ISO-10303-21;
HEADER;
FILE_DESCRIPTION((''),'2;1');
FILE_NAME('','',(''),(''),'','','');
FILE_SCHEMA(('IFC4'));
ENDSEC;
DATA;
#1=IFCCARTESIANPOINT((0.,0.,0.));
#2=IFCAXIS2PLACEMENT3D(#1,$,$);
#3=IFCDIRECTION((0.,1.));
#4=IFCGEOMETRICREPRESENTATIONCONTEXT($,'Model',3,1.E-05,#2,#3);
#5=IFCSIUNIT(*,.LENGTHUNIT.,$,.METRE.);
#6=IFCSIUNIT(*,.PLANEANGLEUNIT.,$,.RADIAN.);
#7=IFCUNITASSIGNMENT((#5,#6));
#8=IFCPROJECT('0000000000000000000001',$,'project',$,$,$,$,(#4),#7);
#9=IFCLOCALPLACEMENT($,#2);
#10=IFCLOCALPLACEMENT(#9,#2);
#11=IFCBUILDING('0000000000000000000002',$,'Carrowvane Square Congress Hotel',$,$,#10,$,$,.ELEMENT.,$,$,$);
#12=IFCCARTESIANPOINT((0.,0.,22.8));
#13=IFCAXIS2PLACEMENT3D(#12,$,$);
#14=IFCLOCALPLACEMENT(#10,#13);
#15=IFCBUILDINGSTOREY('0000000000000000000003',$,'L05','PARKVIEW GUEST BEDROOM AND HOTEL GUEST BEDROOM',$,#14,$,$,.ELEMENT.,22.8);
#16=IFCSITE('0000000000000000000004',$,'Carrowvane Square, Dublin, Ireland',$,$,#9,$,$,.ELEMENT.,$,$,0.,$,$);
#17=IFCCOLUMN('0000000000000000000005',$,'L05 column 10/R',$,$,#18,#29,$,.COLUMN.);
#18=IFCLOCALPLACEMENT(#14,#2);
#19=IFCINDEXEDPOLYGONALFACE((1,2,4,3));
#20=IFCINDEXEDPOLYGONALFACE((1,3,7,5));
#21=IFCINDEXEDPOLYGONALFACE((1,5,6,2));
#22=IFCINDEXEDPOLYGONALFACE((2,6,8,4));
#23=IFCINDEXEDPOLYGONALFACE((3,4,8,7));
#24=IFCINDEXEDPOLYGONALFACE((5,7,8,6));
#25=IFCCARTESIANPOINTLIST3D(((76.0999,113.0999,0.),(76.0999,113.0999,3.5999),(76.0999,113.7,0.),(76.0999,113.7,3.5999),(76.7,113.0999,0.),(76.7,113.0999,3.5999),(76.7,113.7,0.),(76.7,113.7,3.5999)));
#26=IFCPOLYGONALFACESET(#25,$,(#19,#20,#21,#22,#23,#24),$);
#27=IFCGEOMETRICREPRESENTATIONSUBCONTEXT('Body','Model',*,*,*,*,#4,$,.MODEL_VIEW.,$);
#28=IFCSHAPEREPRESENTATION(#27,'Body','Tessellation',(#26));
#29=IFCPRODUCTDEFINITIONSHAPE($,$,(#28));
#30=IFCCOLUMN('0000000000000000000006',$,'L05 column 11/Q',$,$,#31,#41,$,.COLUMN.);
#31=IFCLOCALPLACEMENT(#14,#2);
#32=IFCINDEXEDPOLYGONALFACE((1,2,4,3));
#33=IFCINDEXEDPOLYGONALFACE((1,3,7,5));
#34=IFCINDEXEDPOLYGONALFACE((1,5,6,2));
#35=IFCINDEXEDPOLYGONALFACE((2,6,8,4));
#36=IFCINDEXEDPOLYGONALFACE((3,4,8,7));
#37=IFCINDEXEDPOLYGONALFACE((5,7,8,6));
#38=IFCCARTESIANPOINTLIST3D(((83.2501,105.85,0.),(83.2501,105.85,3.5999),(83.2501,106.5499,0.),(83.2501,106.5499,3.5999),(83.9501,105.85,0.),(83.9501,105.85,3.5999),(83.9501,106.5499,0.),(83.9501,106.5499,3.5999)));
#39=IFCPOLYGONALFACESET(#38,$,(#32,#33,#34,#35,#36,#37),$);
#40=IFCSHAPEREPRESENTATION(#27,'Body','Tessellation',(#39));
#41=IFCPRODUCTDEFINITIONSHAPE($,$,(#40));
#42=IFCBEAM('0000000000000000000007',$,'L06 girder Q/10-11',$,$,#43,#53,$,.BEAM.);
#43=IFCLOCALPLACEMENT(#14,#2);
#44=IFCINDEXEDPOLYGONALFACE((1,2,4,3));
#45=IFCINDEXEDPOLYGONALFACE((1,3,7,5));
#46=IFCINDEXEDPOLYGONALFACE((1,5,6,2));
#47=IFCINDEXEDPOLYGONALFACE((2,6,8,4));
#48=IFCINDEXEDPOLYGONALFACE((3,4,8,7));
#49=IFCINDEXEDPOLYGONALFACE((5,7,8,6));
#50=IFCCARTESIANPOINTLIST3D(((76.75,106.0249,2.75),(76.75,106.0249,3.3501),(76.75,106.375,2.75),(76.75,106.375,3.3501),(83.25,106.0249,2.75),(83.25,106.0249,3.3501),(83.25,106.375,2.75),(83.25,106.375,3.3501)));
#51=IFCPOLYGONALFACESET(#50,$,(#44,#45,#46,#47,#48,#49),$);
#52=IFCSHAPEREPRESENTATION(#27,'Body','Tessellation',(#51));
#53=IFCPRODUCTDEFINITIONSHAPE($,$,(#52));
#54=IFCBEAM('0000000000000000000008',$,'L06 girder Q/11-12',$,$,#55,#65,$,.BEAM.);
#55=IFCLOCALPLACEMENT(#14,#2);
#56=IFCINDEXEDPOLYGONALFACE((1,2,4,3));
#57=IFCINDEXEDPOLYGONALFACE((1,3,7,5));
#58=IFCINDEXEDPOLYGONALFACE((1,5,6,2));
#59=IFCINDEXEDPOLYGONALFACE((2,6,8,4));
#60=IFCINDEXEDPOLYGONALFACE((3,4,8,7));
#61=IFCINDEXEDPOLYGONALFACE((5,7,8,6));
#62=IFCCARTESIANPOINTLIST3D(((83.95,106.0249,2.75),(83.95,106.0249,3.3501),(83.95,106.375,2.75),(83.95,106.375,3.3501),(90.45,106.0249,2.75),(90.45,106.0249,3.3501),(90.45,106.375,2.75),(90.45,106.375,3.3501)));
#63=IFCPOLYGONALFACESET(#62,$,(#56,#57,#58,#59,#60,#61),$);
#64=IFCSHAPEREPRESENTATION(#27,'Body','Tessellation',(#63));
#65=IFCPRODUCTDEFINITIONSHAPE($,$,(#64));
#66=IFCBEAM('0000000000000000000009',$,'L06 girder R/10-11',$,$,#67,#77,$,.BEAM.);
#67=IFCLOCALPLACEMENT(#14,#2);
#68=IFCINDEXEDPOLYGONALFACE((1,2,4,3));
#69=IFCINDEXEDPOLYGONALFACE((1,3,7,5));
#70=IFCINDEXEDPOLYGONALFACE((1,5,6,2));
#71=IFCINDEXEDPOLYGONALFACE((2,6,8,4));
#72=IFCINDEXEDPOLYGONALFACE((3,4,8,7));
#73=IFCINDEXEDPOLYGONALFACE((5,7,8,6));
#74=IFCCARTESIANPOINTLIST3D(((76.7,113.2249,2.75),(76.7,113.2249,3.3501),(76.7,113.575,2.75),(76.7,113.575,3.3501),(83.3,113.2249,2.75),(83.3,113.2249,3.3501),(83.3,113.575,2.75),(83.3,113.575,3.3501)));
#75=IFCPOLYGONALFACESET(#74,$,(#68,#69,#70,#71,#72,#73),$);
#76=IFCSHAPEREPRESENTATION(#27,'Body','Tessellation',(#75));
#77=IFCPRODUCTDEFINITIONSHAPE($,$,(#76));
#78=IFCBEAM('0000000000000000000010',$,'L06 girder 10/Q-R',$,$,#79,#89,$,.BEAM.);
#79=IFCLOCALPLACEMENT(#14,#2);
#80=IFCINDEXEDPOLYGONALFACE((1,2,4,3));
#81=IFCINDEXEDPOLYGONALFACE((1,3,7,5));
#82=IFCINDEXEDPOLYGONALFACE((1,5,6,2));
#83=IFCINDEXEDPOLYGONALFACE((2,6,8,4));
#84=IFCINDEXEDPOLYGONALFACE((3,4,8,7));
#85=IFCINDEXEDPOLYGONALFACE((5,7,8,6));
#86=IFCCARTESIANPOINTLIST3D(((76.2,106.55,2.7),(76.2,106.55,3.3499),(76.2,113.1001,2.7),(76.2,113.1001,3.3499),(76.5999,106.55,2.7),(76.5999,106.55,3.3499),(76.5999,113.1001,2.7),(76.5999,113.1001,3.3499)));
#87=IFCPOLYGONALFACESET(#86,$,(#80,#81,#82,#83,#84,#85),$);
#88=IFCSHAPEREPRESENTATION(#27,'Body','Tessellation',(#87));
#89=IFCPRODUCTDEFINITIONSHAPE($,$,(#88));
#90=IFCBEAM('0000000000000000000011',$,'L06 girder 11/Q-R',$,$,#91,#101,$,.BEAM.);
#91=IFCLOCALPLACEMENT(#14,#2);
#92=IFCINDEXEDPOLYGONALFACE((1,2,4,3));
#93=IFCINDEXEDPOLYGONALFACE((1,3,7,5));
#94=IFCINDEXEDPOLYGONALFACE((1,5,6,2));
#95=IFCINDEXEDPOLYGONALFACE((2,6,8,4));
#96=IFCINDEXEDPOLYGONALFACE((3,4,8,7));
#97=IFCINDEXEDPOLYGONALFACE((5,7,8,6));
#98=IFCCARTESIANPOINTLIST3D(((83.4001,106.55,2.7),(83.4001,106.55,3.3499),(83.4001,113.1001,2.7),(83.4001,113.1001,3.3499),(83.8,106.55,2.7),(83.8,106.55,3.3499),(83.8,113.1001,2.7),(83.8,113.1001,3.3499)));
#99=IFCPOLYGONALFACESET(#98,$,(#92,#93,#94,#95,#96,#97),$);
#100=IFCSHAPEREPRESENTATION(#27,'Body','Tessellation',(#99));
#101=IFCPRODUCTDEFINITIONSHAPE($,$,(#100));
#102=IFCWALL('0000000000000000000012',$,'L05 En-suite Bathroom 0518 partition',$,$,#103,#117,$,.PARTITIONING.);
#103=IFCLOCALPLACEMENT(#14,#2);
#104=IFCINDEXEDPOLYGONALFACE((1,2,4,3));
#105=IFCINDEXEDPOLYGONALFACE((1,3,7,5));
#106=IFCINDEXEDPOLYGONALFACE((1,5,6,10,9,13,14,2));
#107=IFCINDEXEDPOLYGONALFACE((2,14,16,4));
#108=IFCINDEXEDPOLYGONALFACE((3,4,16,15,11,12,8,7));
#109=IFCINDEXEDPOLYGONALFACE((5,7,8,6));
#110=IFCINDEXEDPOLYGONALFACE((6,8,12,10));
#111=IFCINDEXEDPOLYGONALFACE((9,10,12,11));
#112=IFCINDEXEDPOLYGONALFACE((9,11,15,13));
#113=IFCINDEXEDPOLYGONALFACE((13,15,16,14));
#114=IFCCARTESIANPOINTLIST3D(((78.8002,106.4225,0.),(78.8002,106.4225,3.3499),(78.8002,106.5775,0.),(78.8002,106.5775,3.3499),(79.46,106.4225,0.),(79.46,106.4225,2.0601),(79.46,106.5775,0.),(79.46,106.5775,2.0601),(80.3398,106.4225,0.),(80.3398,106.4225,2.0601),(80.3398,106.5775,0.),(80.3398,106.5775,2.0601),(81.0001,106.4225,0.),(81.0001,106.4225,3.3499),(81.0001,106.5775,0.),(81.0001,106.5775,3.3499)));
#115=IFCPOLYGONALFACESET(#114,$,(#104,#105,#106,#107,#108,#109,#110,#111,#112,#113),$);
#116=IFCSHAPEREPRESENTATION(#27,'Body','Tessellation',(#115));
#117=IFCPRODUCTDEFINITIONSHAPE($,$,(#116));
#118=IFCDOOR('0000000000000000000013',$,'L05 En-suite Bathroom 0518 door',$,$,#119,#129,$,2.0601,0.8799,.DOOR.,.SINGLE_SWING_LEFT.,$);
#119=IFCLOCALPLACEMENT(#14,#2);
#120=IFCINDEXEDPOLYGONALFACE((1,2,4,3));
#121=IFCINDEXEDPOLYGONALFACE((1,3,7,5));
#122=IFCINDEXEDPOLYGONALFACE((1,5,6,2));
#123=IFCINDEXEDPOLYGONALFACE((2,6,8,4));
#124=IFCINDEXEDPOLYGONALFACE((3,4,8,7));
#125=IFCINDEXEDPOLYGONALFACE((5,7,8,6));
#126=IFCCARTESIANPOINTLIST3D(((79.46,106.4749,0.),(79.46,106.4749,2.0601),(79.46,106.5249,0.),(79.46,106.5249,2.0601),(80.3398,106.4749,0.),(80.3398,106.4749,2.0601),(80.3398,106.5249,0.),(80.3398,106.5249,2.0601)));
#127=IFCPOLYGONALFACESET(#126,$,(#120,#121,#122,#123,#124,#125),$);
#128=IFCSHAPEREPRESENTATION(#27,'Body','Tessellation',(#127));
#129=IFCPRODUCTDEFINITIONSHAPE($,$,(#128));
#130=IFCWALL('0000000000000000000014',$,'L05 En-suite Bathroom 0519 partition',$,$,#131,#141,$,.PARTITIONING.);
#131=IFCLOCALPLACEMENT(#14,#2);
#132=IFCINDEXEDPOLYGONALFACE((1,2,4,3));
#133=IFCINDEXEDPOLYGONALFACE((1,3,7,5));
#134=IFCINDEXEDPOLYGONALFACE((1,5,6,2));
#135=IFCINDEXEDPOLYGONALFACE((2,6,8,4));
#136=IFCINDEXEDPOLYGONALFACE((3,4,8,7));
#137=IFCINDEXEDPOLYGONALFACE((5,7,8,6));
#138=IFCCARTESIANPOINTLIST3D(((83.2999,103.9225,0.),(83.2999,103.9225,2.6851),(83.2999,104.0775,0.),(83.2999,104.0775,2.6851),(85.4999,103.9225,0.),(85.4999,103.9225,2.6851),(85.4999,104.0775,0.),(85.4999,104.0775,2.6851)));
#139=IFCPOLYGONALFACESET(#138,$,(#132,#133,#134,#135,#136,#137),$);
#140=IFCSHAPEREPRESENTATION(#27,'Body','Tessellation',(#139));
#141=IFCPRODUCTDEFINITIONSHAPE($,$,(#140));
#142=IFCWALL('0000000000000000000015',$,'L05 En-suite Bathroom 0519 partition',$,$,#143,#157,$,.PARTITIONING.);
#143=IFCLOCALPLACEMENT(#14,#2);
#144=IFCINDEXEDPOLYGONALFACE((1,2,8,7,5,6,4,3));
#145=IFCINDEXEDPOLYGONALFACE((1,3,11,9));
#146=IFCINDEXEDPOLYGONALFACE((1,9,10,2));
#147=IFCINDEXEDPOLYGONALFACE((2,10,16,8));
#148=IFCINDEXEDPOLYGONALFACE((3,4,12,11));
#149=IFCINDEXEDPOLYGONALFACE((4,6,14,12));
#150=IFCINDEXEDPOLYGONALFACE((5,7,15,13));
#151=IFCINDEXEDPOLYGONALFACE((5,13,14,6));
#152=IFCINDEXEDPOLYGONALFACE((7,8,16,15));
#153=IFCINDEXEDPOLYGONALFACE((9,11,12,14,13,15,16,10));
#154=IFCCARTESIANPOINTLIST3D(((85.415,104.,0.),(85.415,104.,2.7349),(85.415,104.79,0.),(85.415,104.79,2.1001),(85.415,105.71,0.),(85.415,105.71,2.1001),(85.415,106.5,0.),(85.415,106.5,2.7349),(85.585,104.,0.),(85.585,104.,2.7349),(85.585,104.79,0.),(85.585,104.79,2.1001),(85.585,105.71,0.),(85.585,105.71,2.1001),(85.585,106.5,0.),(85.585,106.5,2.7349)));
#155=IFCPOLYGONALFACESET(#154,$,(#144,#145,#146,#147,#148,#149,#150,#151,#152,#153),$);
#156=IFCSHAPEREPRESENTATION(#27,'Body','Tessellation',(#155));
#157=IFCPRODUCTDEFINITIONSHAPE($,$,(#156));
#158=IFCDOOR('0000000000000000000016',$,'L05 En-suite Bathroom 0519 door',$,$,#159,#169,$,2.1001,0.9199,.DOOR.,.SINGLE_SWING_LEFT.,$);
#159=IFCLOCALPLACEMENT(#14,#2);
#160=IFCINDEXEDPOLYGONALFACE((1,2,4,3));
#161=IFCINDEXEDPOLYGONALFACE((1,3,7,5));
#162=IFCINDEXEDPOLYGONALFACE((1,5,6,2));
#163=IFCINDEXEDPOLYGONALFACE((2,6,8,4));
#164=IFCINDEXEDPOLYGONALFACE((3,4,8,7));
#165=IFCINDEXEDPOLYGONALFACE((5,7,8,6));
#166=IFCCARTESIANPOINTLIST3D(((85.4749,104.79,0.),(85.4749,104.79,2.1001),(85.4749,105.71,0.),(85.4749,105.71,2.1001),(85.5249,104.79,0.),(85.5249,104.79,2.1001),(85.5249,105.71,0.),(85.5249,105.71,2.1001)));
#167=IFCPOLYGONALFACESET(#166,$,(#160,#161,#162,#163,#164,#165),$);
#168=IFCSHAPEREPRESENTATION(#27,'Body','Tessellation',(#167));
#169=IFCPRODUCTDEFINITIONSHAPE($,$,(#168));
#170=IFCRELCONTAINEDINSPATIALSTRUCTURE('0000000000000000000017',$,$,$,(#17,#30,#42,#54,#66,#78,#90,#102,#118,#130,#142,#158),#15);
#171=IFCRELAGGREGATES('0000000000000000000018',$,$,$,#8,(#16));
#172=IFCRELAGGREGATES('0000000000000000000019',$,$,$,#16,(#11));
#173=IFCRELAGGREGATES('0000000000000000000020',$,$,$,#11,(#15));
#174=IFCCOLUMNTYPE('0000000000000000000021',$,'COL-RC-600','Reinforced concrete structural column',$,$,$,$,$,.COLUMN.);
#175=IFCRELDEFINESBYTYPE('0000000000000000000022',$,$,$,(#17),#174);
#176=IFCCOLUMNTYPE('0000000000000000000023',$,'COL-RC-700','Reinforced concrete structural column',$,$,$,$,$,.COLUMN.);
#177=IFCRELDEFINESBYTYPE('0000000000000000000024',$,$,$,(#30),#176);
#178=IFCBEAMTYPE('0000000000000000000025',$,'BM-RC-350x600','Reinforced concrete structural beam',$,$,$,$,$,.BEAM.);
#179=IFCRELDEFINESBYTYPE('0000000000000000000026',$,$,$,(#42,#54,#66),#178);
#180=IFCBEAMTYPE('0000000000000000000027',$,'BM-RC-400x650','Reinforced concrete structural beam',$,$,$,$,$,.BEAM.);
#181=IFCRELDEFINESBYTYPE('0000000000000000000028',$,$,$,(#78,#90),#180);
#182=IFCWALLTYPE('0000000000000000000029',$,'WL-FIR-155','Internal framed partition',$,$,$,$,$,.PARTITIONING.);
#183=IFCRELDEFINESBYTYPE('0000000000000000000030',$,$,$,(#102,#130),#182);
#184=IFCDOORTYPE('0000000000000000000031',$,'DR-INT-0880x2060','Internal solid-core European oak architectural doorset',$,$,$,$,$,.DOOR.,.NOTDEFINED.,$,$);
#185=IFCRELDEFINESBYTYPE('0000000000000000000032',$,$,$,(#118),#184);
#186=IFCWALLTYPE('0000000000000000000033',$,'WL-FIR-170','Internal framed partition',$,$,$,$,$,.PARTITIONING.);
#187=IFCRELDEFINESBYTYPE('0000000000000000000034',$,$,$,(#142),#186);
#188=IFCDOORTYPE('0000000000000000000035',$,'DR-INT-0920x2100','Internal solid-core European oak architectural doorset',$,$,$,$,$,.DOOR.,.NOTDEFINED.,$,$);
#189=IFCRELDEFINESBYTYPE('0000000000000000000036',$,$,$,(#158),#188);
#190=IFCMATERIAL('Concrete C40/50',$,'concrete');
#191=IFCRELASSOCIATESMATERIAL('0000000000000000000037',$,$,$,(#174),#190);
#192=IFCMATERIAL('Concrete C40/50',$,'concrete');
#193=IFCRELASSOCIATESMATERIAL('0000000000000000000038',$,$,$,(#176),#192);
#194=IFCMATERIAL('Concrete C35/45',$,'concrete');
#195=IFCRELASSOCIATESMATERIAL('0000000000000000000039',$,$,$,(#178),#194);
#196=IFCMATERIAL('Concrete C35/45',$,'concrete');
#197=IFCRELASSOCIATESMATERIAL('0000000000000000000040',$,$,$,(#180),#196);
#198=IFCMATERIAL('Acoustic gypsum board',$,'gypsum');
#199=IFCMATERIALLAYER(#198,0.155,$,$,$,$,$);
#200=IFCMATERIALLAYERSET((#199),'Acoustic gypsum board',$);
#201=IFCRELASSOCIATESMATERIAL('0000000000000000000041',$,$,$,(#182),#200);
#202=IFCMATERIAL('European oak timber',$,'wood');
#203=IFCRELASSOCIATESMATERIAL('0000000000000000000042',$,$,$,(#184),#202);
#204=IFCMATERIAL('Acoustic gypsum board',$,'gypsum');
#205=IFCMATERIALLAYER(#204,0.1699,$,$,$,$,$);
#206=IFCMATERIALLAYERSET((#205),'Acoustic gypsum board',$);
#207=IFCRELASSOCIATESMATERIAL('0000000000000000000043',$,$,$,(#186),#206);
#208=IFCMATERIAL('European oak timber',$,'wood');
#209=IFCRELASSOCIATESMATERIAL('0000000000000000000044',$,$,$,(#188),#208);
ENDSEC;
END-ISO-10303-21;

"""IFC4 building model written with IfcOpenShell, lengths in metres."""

from ifc_helpers import new_model, si_unit, direction, frame, frame_2d, origin, origin_2d, place, context, subcontext, project, spatial, rectangle, extrude, material, layer, layer_set, material_profile, profile_set, type_object, element, fill, save


model = new_model("IFC4")

# Units and contexts
model_context = context("Model", 3, precision=1e-05, world=origin(), true_north=direction((0.0, 1.0)))
body_context = subcontext(model_context, "Body", "Model", "MODEL_VIEW")
ifc_project = project(units=[si_unit("LENGTHUNIT", "METRE"), si_unit("PLANEANGLEUNIT", "RADIAN")], contexts=[model_context])

# Site, building, storey
site_placement = place(None, origin())
site = spatial("IfcSite", under=ifc_project, at=site_placement, Name="Carrowvane Square, Dublin, Ireland", CompositionType="ELEMENT", RefElevation=0.0)
building_placement = place(site_placement, origin())
building = spatial("IfcBuilding", under=site, at=building_placement, Name="Carrowvane Square Congress Hotel", CompositionType="ELEMENT")
storey_placement = place(building_placement, frame((0.0, 0.0, 22.8)))
storey = spatial("IfcBuildingStorey", under=building, at=storey_placement, Name="L05", Description="PARKVIEW GUEST BEDROOM AND HOTEL GUEST BEDROOM", CompositionType="ELEMENT", Elevation=22.8)

# Columns
ifc_material_1 = material(Name="Concrete C40/50", Category="concrete")
ifc_material_profile_1 = material_profile(ifc_material_1, rectangle(XDim=0.6001, YDim=0.6001, at=origin_2d()), Name="RC 600x600")
ifc_profile_set_1 = profile_set([ifc_material_profile_1], Name="Concrete C40/50")
column_type_1 = type_object("IfcColumnType", Name="COL-RC-600", Description="Reinforced concrete structural column", PredefinedType="COLUMN", material=ifc_profile_set_1)
column_1_placement = place(storey_placement, frame((76.3999, 113.3999, 0.0), z_axis=(0.0, 0.0, 1.0), x_axis=(1.0, 0.0, 0.0)))
element("IfcColumn", 1, at=column_1_placement, inside=storey, type_object=column_type_1, Name="L05 column 10/R", PredefinedType="COLUMN", context=body_context, shape_type="SweptSolid", body=[
    extrude(rectangle(XDim=0.6001, YDim=0.6001, at=origin_2d()), origin(), (0.0, 0.0, 1.0), 3.5999),
])
ifc_material_2 = material(Name="Concrete C40/50", Category="concrete")
ifc_material_profile_2 = material_profile(ifc_material_2, rectangle(XDim=0.7, YDim=0.7, at=origin_2d()), Name="RC 700x700")
ifc_profile_set_2 = profile_set([ifc_material_profile_2], Name="Concrete C40/50")
column_type_2 = type_object("IfcColumnType", Name="COL-RC-700", Description="Reinforced concrete structural column", PredefinedType="COLUMN", material=ifc_profile_set_2)
column_2_placement = place(storey_placement, frame((83.6001, 106.2, 0.0), z_axis=(0.0, 0.0, 1.0), x_axis=(1.0, 0.0, 0.0)))
element("IfcColumn", 2, at=column_2_placement, inside=storey, type_object=column_type_2, Name="L05 column 11/Q", PredefinedType="COLUMN", context=body_context, shape_type="SweptSolid", body=[
    extrude(rectangle(XDim=0.7, YDim=0.7, at=origin_2d()), origin(), (0.0, 0.0, 1.0), 3.5999),
])

# Beams
ifc_material_3 = material(Name="Concrete C35/45", Category="concrete")
ifc_material_profile_3 = material_profile(ifc_material_3, rectangle(XDim=0.3501, YDim=0.6001, at=origin_2d()), Name="RC 350x600")
ifc_profile_set_3 = profile_set([ifc_material_profile_3], Name="Concrete C35/45")
beam_type_1 = type_object("IfcBeamType", Name="BM-RC-350x600", Description="Reinforced concrete structural beam", PredefinedType="BEAM", material=ifc_profile_set_3)
for number, where, z_axis, x_axis, name in (
    (3, (76.75, 106.2, 3.05), (1.0, 0.0, 0.0), (0.0, 1.0, 0.0), "L06 girder Q/10-11"),
    (4, (83.95, 106.2, 3.05), (1.0, 0.0, 0.0), (0.0, 1.0, 0.0), "L06 girder Q/11-12"),
):
    element("IfcBeam", number, at=place(storey_placement, frame(where, z_axis=z_axis, x_axis=x_axis)), inside=storey, type_object=beam_type_1, Name=name, PredefinedType="BEAM", context=body_context, shape_type="SweptSolid", body=[
        extrude(rectangle(XDim=0.3501, YDim=0.6001, at=origin_2d()), origin(), (0.0, 0.0, 1.0), 6.5),
    ])
beam_placement = place(storey_placement, frame((76.7, 113.3999, 3.05), z_axis=(1.0, 0.0, 0.0), x_axis=(0.0, 1.0, 0.0)))
element("IfcBeam", 5, at=beam_placement, inside=storey, type_object=beam_type_1, Name="L06 girder R/10-11", PredefinedType="BEAM", context=body_context, shape_type="SweptSolid", body=[
    extrude(rectangle(XDim=0.3501, YDim=0.6001, at=origin_2d()), origin(), (0.0, 0.0, 1.0), 6.6001),
])
ifc_material_4 = material(Name="Concrete C35/45", Category="concrete")
ifc_material_profile_4 = material_profile(ifc_material_4, rectangle(XDim=0.3999, YDim=0.6499, at=origin_2d()), Name="RC 400x650")
ifc_profile_set_4 = profile_set([ifc_material_profile_4], Name="Concrete C35/45")
beam_type_2 = type_object("IfcBeamType", Name="BM-RC-400x650", Description="Reinforced concrete structural beam", PredefinedType="BEAM", material=ifc_profile_set_4)
for number, where, z_axis, x_axis, name in (
    (6, (76.3999, 106.55, 3.0249), (0.0, 1.0, 0.0), (-1.0, 0.0, 0.0), "L06 girder 10/Q-R"),
    (7, (83.6001, 106.55, 3.0249), (0.0, 1.0, 0.0), (-1.0, 0.0, 0.0), "L06 girder 11/Q-R"),
):
    element("IfcBeam", number, at=place(storey_placement, frame(where, z_axis=z_axis, x_axis=x_axis)), inside=storey, type_object=beam_type_2, Name=name, PredefinedType="BEAM", context=body_context, shape_type="SweptSolid", body=[
        extrude(rectangle(XDim=0.3999, YDim=0.6499, at=origin_2d()), origin(), (0.0, 0.0, 1.0), 6.55),
    ])

# Wall, opening, door
ifc_material_5 = material(Name="Acoustic gypsum board", Category="gypsum")
ifc_layer_1 = layer(ifc_material_5, 0.155)
ifc_layer_set_1 = layer_set([ifc_layer_1], Name="Acoustic gypsum board")
wall_type_1 = type_object("IfcWallType", Name="WL-FIR-155", Description="Internal framed partition", PredefinedType="PARTITIONING", material=ifc_layer_set_1)
wall_1_placement = place(storey_placement, frame((78.8, 106.5, 0.0), z_axis=(0.0, 0.0, 1.0), x_axis=(1.0, 0.0, 0.0)))
wall_1 = element("IfcWall", 8, at=wall_1_placement, inside=storey, type_object=wall_type_1, Name="L05 En-suite Bathroom 0518 partition", PredefinedType="PARTITIONING", context=body_context, shape_type="SweptSolid", body=[
    extrude(rectangle(XDim=2.2, YDim=0.155, at=frame_2d((1.1001, 0.0))), origin(), (0.0, 0.0, 1.0), 3.3499),
])
opening_1_placement = place(wall_1_placement, frame((0.6599, 0.0, 0.0)))
opening_1 = element("IfcOpeningElement", 9, at=opening_1_placement, cuts=wall_1, PredefinedType="OPENING", context=body_context, shape_type="SweptSolid", body=[
    extrude(rectangle(XDim=0.8799, YDim=2.0601, at=frame_2d((0.4399, 1.03))), frame((0.0, 0.0874, 0.0), z_axis=(0.0, -1.0, 0.0), x_axis=(1.0, 0.0, 0.0)), (0.0, 0.0, 1.0), 0.175),
])
ifc_material_6 = material(Name="European oak timber", Category="wood")
door_type_1 = type_object("IfcDoorType", Name="DR-INT-0880x2060", Description="Internal solid-core European oak architectural doorset", OperationType="NOTDEFINED", PredefinedType="DOOR", material=ifc_material_6)
door_1_placement = place(opening_1_placement, origin())
door_1 = element("IfcDoor", 10, at=door_1_placement, inside=storey, type_object=door_type_1, Name="L05 En-suite Bathroom 0518 door", OperationType="SINGLE_SWING_LEFT", OverallHeight=2.0601, OverallWidth=0.8799, PredefinedType="DOOR", context=body_context, shape_type="SweptSolid", body=[
    extrude(rectangle(XDim=0.8799, YDim=2.0601, at=frame_2d((0.4399, 1.03))), frame((0.0, 0.0249, 0.0), z_axis=(0.0, -1.0, 0.0), x_axis=(1.0, 0.0, 0.0)), (0.0, 0.0, 1.0), 0.05),
])
fill(opening_1, door_1)

# Wall
wall_2_placement = place(storey_placement, frame((85.5, 104.0, 0.0), z_axis=(0.0, 0.0, 1.0), x_axis=(-1.0, 0.0, 0.0)))
element("IfcWall", 11, at=wall_2_placement, inside=storey, type_object=wall_type_1, Name="L05 En-suite Bathroom 0519 partition", PredefinedType="PARTITIONING", context=body_context, shape_type="SweptSolid", body=[
    extrude(rectangle(XDim=2.2, YDim=0.155, at=frame_2d((1.1001, 0.0))), origin(), (0.0, 0.0, 1.0), 2.6851),
])

# Wall, opening, door
ifc_material_7 = material(Name="Acoustic gypsum board", Category="gypsum")
ifc_layer_2 = layer(ifc_material_7, 0.1699)
ifc_layer_set_2 = layer_set([ifc_layer_2], Name="Acoustic gypsum board")
wall_type_2 = type_object("IfcWallType", Name="WL-FIR-170", Description="Internal framed partition", PredefinedType="PARTITIONING", material=ifc_layer_set_2)
wall_3_placement = place(storey_placement, frame((85.5, 106.5, 0.0), z_axis=(0.0, 0.0, 1.0), x_axis=(0.0, -1.0, 0.0)))
wall_3 = element("IfcWall", 12, at=wall_3_placement, inside=storey, type_object=wall_type_2, Name="L05 En-suite Bathroom 0519 partition", PredefinedType="PARTITIONING", context=body_context, shape_type="SweptSolid", body=[
    extrude(rectangle(XDim=2.5, YDim=0.1699, at=frame_2d((1.25, 0.0))), origin(), (0.0, 0.0, 1.0), 2.7349),
])
opening_2_placement = place(wall_3_placement, frame((0.79, 0.0, 0.0)))
opening_2 = element("IfcOpeningElement", 13, at=opening_2_placement, cuts=wall_3, PredefinedType="OPENING", context=body_context, shape_type="SweptSolid", body=[
    extrude(rectangle(XDim=0.9199, YDim=2.1001, at=frame_2d((0.46, 1.05))), frame((0.0, 0.095, 0.0), z_axis=(0.0, -1.0, 0.0), x_axis=(1.0, 0.0, 0.0)), (0.0, 0.0, 1.0), 0.1899),
])
ifc_material_8 = material(Name="European oak timber", Category="wood")
door_type_2 = type_object("IfcDoorType", Name="DR-INT-0920x2100", Description="Internal solid-core European oak architectural doorset", OperationType="NOTDEFINED", PredefinedType="DOOR", material=ifc_material_8)
door_2_placement = place(opening_2_placement, origin())
door_2 = element("IfcDoor", 14, at=door_2_placement, inside=storey, type_object=door_type_2, Name="L05 En-suite Bathroom 0519 door", OperationType="SINGLE_SWING_LEFT", OverallHeight=2.1001, OverallWidth=0.9199, PredefinedType="DOOR", context=body_context, shape_type="SweptSolid", body=[
    extrude(rectangle(XDim=0.9199, YDim=2.1001, at=frame_2d((0.46, 1.05))), frame((0.0, 0.0249, 0.0), z_axis=(0.0, -1.0, 0.0), x_axis=(1.0, 0.0, 0.0)), (0.0, 0.0, 1.0), 0.05),
])
fill(opening_2, door_2)

save(model, "model.ifc")
